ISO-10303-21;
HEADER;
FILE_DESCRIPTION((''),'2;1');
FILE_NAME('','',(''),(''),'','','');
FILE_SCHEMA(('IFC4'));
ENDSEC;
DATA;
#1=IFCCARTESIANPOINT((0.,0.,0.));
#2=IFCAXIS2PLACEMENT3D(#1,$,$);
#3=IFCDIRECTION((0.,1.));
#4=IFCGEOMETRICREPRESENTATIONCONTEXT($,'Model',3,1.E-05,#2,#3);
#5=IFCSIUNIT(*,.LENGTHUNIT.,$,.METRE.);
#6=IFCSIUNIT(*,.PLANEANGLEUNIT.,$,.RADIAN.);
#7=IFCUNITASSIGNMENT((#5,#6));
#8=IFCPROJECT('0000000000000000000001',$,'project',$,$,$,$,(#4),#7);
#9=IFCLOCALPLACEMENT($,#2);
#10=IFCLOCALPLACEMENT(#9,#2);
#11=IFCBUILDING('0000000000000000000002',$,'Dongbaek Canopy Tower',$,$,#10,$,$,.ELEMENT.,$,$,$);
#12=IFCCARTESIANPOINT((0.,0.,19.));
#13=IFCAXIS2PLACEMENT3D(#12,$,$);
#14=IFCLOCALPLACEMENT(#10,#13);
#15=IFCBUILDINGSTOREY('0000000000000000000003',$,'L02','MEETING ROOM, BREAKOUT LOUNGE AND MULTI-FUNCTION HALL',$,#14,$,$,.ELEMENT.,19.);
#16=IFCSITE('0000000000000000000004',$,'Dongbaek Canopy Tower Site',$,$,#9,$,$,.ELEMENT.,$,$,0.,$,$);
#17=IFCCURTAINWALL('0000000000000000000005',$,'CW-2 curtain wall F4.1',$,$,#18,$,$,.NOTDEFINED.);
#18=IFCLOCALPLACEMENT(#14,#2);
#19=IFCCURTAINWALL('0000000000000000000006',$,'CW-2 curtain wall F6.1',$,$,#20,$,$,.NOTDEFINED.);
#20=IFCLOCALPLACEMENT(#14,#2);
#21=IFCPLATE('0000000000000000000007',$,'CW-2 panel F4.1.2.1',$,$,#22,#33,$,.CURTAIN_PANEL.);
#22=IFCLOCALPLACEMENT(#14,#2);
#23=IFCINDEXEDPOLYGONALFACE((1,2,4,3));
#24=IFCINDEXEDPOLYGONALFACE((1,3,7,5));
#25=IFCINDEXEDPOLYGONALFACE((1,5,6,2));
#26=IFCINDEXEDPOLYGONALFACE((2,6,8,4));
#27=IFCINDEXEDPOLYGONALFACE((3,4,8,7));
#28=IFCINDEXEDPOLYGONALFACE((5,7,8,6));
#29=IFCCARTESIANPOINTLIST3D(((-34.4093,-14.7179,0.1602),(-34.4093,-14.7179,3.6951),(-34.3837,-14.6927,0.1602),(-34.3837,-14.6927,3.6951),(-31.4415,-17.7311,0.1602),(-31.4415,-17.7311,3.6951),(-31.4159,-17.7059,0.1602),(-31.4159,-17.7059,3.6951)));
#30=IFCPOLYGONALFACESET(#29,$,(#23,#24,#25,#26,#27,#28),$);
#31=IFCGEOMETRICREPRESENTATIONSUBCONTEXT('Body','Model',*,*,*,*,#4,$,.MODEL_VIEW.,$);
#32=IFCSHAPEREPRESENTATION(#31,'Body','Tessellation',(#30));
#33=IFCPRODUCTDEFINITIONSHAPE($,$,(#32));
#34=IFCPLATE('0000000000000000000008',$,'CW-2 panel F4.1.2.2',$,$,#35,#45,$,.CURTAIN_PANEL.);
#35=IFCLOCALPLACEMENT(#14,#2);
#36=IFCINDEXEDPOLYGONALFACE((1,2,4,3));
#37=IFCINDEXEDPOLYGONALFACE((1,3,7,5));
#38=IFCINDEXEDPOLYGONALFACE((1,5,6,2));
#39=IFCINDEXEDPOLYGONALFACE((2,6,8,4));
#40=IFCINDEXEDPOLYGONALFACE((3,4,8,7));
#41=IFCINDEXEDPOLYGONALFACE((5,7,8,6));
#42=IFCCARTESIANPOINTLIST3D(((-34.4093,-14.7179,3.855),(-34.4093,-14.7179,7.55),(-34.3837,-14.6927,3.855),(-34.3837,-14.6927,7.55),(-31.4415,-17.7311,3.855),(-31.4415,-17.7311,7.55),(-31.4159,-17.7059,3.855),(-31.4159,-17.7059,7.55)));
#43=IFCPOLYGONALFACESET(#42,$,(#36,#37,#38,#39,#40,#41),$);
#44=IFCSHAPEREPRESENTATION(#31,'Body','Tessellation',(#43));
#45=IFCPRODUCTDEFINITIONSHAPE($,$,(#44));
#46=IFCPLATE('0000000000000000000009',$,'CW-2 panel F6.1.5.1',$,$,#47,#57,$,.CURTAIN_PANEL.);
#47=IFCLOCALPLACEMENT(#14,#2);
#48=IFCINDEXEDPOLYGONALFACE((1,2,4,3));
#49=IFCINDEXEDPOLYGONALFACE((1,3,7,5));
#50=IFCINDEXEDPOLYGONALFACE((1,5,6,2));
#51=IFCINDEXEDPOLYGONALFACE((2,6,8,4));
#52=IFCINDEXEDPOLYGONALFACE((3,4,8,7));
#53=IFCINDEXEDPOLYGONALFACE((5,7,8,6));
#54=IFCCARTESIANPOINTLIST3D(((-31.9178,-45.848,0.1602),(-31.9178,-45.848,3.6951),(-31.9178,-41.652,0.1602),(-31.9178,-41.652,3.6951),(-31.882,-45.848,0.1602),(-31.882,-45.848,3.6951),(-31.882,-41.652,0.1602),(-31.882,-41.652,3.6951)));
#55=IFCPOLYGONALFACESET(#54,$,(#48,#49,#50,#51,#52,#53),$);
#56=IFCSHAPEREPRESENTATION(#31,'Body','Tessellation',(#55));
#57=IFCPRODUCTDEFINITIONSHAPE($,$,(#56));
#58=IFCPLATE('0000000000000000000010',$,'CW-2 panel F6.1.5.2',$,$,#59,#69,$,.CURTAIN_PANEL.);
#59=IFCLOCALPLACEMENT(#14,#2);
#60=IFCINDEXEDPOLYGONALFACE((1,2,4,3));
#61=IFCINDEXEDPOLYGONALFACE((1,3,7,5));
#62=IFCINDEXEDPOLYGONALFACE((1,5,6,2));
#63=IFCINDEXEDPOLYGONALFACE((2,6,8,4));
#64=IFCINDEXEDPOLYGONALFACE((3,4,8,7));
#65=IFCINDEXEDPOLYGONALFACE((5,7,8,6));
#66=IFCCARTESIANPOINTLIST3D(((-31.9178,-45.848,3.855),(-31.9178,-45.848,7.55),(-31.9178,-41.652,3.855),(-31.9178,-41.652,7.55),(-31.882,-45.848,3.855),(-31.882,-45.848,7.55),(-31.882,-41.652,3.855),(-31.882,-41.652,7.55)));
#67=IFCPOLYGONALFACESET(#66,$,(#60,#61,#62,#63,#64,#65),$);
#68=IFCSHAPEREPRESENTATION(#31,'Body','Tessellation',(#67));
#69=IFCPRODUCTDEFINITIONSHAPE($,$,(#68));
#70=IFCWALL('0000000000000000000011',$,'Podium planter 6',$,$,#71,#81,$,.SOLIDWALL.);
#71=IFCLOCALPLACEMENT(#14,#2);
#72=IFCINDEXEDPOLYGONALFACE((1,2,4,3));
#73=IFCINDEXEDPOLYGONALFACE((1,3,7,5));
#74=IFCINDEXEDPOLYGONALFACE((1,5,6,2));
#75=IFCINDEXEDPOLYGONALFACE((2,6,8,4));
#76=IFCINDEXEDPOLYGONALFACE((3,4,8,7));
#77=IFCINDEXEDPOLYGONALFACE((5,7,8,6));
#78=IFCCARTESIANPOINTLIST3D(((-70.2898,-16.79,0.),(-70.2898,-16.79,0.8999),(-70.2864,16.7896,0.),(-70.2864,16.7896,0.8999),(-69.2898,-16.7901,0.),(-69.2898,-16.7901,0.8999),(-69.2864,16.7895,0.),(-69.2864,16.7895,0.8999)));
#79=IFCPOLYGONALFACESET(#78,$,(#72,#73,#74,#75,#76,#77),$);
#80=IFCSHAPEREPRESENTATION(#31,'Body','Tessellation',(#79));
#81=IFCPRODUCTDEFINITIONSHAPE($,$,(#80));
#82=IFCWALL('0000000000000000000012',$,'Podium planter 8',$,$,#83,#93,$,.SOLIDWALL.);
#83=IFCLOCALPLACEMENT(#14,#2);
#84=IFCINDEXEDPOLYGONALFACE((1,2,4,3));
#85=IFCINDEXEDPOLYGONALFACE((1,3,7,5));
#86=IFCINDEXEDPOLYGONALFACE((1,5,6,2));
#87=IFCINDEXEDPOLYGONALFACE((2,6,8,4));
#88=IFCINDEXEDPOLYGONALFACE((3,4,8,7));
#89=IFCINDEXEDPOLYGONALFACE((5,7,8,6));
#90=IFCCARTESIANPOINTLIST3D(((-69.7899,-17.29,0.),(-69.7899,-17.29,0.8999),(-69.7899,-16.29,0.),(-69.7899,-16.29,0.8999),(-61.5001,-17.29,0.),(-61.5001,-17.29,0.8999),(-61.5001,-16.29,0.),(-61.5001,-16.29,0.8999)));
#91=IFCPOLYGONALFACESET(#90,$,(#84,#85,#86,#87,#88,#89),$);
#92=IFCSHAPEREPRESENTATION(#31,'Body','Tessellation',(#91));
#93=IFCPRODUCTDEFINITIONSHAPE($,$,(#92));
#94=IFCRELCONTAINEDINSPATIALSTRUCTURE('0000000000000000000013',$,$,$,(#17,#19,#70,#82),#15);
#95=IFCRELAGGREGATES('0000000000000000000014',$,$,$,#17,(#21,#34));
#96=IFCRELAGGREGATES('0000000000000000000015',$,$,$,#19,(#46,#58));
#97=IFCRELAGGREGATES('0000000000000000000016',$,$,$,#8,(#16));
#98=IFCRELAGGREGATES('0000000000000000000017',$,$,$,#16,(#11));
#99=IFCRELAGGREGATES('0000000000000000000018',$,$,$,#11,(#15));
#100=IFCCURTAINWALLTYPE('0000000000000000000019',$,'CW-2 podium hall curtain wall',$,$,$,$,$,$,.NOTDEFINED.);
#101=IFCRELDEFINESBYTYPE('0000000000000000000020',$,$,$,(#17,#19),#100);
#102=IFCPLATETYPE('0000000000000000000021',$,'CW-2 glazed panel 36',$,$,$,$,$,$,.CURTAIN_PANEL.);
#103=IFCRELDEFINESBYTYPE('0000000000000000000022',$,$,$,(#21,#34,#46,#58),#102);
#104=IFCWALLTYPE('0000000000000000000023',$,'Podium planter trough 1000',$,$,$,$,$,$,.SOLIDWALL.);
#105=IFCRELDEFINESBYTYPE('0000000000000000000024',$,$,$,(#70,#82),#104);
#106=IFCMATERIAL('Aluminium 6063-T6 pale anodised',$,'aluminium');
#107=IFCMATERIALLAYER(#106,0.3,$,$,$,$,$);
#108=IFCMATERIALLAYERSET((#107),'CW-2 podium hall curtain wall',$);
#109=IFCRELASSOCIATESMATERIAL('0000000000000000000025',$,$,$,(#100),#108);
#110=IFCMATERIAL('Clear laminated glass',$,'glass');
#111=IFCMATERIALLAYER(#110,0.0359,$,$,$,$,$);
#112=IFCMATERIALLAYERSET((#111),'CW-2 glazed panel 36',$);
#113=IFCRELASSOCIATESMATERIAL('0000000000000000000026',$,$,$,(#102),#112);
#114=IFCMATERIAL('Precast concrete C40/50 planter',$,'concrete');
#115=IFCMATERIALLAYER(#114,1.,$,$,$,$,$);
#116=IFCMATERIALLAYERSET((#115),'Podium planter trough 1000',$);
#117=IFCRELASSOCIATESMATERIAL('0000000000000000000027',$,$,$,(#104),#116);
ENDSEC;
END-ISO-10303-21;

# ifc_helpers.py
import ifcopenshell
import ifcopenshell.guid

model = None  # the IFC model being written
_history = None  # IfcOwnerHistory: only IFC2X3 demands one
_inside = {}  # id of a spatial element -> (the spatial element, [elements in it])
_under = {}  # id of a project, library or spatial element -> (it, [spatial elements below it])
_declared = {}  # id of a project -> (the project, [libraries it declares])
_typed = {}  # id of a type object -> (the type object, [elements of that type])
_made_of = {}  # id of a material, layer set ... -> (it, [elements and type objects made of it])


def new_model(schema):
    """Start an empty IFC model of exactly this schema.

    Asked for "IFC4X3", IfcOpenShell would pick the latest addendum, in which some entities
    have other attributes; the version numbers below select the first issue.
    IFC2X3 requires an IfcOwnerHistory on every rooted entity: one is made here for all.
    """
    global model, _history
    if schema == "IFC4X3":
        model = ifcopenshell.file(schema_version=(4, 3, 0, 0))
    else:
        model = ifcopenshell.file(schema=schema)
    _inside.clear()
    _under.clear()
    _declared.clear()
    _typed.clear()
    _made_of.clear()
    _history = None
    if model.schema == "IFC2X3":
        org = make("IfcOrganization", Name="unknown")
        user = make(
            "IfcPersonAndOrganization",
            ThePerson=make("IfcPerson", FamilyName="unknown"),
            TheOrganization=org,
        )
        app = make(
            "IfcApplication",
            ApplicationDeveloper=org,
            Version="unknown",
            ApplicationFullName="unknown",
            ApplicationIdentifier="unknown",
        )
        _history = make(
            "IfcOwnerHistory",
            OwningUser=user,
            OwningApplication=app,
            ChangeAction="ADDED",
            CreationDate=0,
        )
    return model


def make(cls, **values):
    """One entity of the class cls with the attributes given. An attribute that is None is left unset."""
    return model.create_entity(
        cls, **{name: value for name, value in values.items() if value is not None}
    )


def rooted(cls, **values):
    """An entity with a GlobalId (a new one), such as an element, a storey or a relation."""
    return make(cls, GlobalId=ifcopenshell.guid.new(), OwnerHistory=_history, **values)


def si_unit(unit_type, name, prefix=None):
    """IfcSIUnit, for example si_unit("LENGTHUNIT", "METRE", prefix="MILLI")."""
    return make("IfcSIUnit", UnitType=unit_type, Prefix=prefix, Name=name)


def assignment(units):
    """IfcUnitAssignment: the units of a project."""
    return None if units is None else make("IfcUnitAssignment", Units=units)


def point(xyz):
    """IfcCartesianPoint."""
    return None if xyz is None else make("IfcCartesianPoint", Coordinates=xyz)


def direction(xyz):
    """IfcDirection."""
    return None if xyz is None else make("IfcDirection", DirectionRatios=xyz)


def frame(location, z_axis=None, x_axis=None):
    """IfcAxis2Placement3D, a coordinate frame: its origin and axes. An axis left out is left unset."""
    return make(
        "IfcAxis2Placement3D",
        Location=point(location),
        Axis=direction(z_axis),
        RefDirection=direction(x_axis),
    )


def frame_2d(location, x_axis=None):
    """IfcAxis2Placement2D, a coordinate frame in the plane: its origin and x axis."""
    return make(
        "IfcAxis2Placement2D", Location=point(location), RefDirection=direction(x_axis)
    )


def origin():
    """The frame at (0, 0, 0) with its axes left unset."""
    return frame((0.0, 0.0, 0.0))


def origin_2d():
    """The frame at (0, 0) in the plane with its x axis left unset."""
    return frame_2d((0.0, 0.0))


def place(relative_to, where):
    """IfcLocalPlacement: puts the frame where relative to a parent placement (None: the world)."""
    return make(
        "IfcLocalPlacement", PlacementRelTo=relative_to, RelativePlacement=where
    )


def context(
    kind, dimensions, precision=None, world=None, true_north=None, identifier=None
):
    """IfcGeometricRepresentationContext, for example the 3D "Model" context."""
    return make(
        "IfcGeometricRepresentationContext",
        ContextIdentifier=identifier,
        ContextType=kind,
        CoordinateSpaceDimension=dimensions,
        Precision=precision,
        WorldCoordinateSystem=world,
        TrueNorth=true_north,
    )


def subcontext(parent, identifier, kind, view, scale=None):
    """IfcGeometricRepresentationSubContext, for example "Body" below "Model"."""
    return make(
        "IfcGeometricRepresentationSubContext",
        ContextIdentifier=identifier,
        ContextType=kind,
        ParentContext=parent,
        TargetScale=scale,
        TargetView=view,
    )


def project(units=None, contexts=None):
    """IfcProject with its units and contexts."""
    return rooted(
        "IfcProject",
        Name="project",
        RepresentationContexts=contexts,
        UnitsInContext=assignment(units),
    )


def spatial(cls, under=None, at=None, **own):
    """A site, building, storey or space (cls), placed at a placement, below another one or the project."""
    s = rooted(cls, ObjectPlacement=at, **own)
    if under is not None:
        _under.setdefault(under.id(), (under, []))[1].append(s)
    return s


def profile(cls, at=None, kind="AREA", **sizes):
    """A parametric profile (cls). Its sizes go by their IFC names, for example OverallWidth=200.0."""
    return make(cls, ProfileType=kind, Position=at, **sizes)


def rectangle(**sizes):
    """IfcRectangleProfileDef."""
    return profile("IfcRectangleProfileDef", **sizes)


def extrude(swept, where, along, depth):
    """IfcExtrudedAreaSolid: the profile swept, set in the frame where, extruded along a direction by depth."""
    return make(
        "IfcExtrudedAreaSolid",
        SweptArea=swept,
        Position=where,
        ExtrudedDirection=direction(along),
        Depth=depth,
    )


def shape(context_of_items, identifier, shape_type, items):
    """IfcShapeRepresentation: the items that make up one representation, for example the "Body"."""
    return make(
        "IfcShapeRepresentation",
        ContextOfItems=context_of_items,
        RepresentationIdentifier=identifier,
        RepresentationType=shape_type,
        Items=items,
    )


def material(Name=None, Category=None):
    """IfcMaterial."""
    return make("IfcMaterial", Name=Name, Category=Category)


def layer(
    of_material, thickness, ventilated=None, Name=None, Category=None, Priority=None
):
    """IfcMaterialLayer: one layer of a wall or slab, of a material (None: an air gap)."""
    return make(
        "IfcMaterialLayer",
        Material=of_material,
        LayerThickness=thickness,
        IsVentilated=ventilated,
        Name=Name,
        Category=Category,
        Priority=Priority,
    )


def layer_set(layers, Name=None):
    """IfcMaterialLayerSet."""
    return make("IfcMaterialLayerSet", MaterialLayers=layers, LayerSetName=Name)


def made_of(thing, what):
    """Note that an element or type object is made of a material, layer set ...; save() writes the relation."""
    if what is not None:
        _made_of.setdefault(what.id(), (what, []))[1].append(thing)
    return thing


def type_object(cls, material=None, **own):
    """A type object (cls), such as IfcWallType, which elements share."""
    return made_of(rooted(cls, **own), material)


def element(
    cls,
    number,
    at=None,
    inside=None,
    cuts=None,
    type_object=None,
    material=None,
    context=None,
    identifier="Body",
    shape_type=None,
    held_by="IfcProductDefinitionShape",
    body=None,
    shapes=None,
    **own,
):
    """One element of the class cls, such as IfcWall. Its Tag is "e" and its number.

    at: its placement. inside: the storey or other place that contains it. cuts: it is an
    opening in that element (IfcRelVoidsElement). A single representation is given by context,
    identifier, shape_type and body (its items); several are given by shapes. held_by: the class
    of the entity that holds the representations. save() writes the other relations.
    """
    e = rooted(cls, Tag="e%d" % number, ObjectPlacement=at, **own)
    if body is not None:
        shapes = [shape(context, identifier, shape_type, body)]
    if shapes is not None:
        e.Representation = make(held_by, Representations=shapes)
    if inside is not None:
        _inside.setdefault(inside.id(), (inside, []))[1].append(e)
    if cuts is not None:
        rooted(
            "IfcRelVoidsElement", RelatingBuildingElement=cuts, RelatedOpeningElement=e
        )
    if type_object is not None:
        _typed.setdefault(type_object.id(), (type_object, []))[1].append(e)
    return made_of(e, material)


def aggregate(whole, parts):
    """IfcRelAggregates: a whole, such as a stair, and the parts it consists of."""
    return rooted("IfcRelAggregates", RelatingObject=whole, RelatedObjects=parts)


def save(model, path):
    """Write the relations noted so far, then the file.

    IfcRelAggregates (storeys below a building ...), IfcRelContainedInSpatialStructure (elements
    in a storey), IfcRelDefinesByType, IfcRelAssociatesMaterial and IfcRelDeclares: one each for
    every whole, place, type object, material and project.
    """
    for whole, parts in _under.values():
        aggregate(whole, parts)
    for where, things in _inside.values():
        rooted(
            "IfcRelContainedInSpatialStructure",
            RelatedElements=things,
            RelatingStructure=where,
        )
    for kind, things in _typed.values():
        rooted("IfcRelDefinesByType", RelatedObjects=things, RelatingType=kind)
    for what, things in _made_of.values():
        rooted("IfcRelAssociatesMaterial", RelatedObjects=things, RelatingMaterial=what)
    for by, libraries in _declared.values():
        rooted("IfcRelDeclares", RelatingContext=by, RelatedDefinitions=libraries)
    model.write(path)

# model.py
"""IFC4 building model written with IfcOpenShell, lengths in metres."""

from ifc_helpers import new_model, si_unit, direction, frame, frame_2d, origin, origin_2d, place, context, subcontext, project, spatial, rectangle, extrude, material, layer, layer_set, type_object, element, aggregate, save


model = new_model("IFC4")

# Units and contexts
model_context = context("Model", 3, precision=1e-05, world=origin(), true_north=direction((0.0, 1.0)))
body_context = subcontext(model_context, "Body", "Model", "MODEL_VIEW")
ifc_project = project(units=[si_unit("LENGTHUNIT", "METRE"), si_unit("PLANEANGLEUNIT", "RADIAN")], contexts=[model_context])

# Site, building, storey
site_placement = place(None, origin())
site = spatial("IfcSite", under=ifc_project, at=site_placement, Name="Dongbaek Canopy Tower Site", CompositionType="ELEMENT", RefElevation=0.0)
building_placement = place(site_placement, origin())
building = spatial("IfcBuilding", under=site, at=building_placement, Name="Dongbaek Canopy Tower", CompositionType="ELEMENT")
storey_placement = place(building_placement, frame((0.0, 0.0, 19.0)))
storey = spatial("IfcBuildingStorey", under=building, at=storey_placement, Name="L02", Description="MEETING ROOM, BREAKOUT LOUNGE AND MULTI-FUNCTION HALL", CompositionType="ELEMENT", Elevation=19.0)

# Curtain walls
ifc_material_1 = material(Name="Aluminium 6063-T6 pale anodised", Category="aluminium")
ifc_layer_1 = layer(ifc_material_1, 0.3)
ifc_layer_set_1 = layer_set([ifc_layer_1], Name="CW-2 podium hall curtain wall")
curtain_wall_type = type_object("IfcCurtainWallType", Name="CW-2 podium hall curtain wall", PredefinedType="NOTDEFINED", material=ifc_layer_set_1)
curtain_wall_1_placement = place(storey_placement, origin())
curtain_wall_1 = element("IfcCurtainWall", 1, at=curtain_wall_1_placement, inside=storey, type_object=curtain_wall_type, Name="CW-2 curtain wall F4.1", PredefinedType="NOTDEFINED")
curtain_wall_2_placement = place(storey_placement, origin())
curtain_wall_2 = element("IfcCurtainWall", 2, at=curtain_wall_2_placement, inside=storey, type_object=curtain_wall_type, Name="CW-2 curtain wall F6.1", PredefinedType="NOTDEFINED")

# Plates
ifc_material_2 = material(Name="Clear laminated glass", Category="glass")
ifc_layer_2 = layer(ifc_material_2, 0.0359)
ifc_layer_set_2 = layer_set([ifc_layer_2], Name="CW-2 glazed panel 36")
plate_type = type_object("IfcPlateType", Name="CW-2 glazed panel 36", PredefinedType="CURTAIN_PANEL", material=ifc_layer_set_2)
plate_1_placement = place(storey_placement, frame((-32.9126, -16.2119, 0.1602), z_axis=(0.0, 0.0, 1.0), x_axis=(0.701718, -0.712455, 0.0)))
plate_1 = element("IfcPlate", 3, at=plate_1_placement, type_object=plate_type, Name="CW-2 panel F4.1.2.1", PredefinedType="CURTAIN_PANEL", context=body_context, shape_type="SweptSolid", body=[
    extrude(rectangle(XDim=4.2292, YDim=0.0359, at=origin_2d()), origin(), (0.0, 0.0, 1.0), 3.5349),
])
plate_2_placement = place(storey_placement, frame((-32.9126, -16.2119, 3.855), z_axis=(0.0, 0.0, 1.0), x_axis=(0.701718, -0.712455, 0.0)))
plate_2 = element("IfcPlate", 4, at=plate_2_placement, type_object=plate_type, Name="CW-2 panel F4.1.2.2", PredefinedType="CURTAIN_PANEL", context=body_context, shape_type="SweptSolid", body=[
    extrude(rectangle(XDim=4.2292, YDim=0.0359, at=origin_2d()), origin(), (0.0, 0.0, 1.0), 3.6951),
])
aggregate(curtain_wall_1, [plate_1, plate_2])
plate_3_placement = place(storey_placement, frame((-31.8999, -43.75, 0.1602), z_axis=(0.0, 0.0, 1.0), x_axis=(0.0, -1.0, 0.0)))
plate_3 = element("IfcPlate", 5, at=plate_3_placement, type_object=plate_type, Name="CW-2 panel F6.1.5.1", PredefinedType="CURTAIN_PANEL", context=body_context, shape_type="SweptSolid", body=[
    extrude(rectangle(XDim=4.196, YDim=0.0359, at=origin_2d()), origin(), (0.0, 0.0, 1.0), 3.5349),
])
plate_4_placement = place(storey_placement, frame((-31.8999, -43.75, 3.855), z_axis=(0.0, 0.0, 1.0), x_axis=(0.0, -1.0, 0.0)))
plate_4 = element("IfcPlate", 6, at=plate_4_placement, type_object=plate_type, Name="CW-2 panel F6.1.5.2", PredefinedType="CURTAIN_PANEL", context=body_context, shape_type="SweptSolid", body=[
    extrude(rectangle(XDim=4.196, YDim=0.0359, at=origin_2d()), origin(), (0.0, 0.0, 1.0), 3.6951),
])
aggregate(curtain_wall_2, [plate_3, plate_4])

# Walls
ifc_material_3 = material(Name="Precast concrete C40/50 planter", Category="concrete")
ifc_layer_3 = layer(ifc_material_3, 1.0)
ifc_layer_set_3 = layer_set([ifc_layer_3], Name="Podium planter trough 1000")
wall_type = type_object("IfcWallType", Name="Podium planter trough 1000", PredefinedType="SOLIDWALL", material=ifc_layer_set_3)
wall_1_placement = place(storey_placement, frame((-69.7898, -16.79, 0.0), z_axis=(0.0, 0.0, 1.0), x_axis=(0.000102, 1.0, 0.0)))
element("IfcWall", 7, at=wall_1_placement, inside=storey, type_object=wall_type, Name="Podium planter 6", PredefinedType="SOLIDWALL", context=body_context, shape_type="SweptSolid", body=[
    extrude(rectangle(XDim=33.5796, YDim=1.0, at=frame_2d((16.7898, 0.0))), origin(), (0.0, 0.0, 1.0), 0.8999),
])
wall_2_placement = place(storey_placement, frame((-61.5, -16.79, 0.0), z_axis=(0.0, 0.0, 1.0), x_axis=(-1.0, 0.0, 0.0)))
element("IfcWall", 8, at=wall_2_placement, inside=storey, type_object=wall_type, Name="Podium planter 8", PredefinedType="SOLIDWALL", context=body_context, shape_type="SweptSolid", body=[
    extrude(rectangle(XDim=8.2898, YDim=1.0, at=frame_2d((4.145, 0.0))), origin(), (0.0, 0.0, 1.0), 0.8999),
])

save(model, "model.ifc")
